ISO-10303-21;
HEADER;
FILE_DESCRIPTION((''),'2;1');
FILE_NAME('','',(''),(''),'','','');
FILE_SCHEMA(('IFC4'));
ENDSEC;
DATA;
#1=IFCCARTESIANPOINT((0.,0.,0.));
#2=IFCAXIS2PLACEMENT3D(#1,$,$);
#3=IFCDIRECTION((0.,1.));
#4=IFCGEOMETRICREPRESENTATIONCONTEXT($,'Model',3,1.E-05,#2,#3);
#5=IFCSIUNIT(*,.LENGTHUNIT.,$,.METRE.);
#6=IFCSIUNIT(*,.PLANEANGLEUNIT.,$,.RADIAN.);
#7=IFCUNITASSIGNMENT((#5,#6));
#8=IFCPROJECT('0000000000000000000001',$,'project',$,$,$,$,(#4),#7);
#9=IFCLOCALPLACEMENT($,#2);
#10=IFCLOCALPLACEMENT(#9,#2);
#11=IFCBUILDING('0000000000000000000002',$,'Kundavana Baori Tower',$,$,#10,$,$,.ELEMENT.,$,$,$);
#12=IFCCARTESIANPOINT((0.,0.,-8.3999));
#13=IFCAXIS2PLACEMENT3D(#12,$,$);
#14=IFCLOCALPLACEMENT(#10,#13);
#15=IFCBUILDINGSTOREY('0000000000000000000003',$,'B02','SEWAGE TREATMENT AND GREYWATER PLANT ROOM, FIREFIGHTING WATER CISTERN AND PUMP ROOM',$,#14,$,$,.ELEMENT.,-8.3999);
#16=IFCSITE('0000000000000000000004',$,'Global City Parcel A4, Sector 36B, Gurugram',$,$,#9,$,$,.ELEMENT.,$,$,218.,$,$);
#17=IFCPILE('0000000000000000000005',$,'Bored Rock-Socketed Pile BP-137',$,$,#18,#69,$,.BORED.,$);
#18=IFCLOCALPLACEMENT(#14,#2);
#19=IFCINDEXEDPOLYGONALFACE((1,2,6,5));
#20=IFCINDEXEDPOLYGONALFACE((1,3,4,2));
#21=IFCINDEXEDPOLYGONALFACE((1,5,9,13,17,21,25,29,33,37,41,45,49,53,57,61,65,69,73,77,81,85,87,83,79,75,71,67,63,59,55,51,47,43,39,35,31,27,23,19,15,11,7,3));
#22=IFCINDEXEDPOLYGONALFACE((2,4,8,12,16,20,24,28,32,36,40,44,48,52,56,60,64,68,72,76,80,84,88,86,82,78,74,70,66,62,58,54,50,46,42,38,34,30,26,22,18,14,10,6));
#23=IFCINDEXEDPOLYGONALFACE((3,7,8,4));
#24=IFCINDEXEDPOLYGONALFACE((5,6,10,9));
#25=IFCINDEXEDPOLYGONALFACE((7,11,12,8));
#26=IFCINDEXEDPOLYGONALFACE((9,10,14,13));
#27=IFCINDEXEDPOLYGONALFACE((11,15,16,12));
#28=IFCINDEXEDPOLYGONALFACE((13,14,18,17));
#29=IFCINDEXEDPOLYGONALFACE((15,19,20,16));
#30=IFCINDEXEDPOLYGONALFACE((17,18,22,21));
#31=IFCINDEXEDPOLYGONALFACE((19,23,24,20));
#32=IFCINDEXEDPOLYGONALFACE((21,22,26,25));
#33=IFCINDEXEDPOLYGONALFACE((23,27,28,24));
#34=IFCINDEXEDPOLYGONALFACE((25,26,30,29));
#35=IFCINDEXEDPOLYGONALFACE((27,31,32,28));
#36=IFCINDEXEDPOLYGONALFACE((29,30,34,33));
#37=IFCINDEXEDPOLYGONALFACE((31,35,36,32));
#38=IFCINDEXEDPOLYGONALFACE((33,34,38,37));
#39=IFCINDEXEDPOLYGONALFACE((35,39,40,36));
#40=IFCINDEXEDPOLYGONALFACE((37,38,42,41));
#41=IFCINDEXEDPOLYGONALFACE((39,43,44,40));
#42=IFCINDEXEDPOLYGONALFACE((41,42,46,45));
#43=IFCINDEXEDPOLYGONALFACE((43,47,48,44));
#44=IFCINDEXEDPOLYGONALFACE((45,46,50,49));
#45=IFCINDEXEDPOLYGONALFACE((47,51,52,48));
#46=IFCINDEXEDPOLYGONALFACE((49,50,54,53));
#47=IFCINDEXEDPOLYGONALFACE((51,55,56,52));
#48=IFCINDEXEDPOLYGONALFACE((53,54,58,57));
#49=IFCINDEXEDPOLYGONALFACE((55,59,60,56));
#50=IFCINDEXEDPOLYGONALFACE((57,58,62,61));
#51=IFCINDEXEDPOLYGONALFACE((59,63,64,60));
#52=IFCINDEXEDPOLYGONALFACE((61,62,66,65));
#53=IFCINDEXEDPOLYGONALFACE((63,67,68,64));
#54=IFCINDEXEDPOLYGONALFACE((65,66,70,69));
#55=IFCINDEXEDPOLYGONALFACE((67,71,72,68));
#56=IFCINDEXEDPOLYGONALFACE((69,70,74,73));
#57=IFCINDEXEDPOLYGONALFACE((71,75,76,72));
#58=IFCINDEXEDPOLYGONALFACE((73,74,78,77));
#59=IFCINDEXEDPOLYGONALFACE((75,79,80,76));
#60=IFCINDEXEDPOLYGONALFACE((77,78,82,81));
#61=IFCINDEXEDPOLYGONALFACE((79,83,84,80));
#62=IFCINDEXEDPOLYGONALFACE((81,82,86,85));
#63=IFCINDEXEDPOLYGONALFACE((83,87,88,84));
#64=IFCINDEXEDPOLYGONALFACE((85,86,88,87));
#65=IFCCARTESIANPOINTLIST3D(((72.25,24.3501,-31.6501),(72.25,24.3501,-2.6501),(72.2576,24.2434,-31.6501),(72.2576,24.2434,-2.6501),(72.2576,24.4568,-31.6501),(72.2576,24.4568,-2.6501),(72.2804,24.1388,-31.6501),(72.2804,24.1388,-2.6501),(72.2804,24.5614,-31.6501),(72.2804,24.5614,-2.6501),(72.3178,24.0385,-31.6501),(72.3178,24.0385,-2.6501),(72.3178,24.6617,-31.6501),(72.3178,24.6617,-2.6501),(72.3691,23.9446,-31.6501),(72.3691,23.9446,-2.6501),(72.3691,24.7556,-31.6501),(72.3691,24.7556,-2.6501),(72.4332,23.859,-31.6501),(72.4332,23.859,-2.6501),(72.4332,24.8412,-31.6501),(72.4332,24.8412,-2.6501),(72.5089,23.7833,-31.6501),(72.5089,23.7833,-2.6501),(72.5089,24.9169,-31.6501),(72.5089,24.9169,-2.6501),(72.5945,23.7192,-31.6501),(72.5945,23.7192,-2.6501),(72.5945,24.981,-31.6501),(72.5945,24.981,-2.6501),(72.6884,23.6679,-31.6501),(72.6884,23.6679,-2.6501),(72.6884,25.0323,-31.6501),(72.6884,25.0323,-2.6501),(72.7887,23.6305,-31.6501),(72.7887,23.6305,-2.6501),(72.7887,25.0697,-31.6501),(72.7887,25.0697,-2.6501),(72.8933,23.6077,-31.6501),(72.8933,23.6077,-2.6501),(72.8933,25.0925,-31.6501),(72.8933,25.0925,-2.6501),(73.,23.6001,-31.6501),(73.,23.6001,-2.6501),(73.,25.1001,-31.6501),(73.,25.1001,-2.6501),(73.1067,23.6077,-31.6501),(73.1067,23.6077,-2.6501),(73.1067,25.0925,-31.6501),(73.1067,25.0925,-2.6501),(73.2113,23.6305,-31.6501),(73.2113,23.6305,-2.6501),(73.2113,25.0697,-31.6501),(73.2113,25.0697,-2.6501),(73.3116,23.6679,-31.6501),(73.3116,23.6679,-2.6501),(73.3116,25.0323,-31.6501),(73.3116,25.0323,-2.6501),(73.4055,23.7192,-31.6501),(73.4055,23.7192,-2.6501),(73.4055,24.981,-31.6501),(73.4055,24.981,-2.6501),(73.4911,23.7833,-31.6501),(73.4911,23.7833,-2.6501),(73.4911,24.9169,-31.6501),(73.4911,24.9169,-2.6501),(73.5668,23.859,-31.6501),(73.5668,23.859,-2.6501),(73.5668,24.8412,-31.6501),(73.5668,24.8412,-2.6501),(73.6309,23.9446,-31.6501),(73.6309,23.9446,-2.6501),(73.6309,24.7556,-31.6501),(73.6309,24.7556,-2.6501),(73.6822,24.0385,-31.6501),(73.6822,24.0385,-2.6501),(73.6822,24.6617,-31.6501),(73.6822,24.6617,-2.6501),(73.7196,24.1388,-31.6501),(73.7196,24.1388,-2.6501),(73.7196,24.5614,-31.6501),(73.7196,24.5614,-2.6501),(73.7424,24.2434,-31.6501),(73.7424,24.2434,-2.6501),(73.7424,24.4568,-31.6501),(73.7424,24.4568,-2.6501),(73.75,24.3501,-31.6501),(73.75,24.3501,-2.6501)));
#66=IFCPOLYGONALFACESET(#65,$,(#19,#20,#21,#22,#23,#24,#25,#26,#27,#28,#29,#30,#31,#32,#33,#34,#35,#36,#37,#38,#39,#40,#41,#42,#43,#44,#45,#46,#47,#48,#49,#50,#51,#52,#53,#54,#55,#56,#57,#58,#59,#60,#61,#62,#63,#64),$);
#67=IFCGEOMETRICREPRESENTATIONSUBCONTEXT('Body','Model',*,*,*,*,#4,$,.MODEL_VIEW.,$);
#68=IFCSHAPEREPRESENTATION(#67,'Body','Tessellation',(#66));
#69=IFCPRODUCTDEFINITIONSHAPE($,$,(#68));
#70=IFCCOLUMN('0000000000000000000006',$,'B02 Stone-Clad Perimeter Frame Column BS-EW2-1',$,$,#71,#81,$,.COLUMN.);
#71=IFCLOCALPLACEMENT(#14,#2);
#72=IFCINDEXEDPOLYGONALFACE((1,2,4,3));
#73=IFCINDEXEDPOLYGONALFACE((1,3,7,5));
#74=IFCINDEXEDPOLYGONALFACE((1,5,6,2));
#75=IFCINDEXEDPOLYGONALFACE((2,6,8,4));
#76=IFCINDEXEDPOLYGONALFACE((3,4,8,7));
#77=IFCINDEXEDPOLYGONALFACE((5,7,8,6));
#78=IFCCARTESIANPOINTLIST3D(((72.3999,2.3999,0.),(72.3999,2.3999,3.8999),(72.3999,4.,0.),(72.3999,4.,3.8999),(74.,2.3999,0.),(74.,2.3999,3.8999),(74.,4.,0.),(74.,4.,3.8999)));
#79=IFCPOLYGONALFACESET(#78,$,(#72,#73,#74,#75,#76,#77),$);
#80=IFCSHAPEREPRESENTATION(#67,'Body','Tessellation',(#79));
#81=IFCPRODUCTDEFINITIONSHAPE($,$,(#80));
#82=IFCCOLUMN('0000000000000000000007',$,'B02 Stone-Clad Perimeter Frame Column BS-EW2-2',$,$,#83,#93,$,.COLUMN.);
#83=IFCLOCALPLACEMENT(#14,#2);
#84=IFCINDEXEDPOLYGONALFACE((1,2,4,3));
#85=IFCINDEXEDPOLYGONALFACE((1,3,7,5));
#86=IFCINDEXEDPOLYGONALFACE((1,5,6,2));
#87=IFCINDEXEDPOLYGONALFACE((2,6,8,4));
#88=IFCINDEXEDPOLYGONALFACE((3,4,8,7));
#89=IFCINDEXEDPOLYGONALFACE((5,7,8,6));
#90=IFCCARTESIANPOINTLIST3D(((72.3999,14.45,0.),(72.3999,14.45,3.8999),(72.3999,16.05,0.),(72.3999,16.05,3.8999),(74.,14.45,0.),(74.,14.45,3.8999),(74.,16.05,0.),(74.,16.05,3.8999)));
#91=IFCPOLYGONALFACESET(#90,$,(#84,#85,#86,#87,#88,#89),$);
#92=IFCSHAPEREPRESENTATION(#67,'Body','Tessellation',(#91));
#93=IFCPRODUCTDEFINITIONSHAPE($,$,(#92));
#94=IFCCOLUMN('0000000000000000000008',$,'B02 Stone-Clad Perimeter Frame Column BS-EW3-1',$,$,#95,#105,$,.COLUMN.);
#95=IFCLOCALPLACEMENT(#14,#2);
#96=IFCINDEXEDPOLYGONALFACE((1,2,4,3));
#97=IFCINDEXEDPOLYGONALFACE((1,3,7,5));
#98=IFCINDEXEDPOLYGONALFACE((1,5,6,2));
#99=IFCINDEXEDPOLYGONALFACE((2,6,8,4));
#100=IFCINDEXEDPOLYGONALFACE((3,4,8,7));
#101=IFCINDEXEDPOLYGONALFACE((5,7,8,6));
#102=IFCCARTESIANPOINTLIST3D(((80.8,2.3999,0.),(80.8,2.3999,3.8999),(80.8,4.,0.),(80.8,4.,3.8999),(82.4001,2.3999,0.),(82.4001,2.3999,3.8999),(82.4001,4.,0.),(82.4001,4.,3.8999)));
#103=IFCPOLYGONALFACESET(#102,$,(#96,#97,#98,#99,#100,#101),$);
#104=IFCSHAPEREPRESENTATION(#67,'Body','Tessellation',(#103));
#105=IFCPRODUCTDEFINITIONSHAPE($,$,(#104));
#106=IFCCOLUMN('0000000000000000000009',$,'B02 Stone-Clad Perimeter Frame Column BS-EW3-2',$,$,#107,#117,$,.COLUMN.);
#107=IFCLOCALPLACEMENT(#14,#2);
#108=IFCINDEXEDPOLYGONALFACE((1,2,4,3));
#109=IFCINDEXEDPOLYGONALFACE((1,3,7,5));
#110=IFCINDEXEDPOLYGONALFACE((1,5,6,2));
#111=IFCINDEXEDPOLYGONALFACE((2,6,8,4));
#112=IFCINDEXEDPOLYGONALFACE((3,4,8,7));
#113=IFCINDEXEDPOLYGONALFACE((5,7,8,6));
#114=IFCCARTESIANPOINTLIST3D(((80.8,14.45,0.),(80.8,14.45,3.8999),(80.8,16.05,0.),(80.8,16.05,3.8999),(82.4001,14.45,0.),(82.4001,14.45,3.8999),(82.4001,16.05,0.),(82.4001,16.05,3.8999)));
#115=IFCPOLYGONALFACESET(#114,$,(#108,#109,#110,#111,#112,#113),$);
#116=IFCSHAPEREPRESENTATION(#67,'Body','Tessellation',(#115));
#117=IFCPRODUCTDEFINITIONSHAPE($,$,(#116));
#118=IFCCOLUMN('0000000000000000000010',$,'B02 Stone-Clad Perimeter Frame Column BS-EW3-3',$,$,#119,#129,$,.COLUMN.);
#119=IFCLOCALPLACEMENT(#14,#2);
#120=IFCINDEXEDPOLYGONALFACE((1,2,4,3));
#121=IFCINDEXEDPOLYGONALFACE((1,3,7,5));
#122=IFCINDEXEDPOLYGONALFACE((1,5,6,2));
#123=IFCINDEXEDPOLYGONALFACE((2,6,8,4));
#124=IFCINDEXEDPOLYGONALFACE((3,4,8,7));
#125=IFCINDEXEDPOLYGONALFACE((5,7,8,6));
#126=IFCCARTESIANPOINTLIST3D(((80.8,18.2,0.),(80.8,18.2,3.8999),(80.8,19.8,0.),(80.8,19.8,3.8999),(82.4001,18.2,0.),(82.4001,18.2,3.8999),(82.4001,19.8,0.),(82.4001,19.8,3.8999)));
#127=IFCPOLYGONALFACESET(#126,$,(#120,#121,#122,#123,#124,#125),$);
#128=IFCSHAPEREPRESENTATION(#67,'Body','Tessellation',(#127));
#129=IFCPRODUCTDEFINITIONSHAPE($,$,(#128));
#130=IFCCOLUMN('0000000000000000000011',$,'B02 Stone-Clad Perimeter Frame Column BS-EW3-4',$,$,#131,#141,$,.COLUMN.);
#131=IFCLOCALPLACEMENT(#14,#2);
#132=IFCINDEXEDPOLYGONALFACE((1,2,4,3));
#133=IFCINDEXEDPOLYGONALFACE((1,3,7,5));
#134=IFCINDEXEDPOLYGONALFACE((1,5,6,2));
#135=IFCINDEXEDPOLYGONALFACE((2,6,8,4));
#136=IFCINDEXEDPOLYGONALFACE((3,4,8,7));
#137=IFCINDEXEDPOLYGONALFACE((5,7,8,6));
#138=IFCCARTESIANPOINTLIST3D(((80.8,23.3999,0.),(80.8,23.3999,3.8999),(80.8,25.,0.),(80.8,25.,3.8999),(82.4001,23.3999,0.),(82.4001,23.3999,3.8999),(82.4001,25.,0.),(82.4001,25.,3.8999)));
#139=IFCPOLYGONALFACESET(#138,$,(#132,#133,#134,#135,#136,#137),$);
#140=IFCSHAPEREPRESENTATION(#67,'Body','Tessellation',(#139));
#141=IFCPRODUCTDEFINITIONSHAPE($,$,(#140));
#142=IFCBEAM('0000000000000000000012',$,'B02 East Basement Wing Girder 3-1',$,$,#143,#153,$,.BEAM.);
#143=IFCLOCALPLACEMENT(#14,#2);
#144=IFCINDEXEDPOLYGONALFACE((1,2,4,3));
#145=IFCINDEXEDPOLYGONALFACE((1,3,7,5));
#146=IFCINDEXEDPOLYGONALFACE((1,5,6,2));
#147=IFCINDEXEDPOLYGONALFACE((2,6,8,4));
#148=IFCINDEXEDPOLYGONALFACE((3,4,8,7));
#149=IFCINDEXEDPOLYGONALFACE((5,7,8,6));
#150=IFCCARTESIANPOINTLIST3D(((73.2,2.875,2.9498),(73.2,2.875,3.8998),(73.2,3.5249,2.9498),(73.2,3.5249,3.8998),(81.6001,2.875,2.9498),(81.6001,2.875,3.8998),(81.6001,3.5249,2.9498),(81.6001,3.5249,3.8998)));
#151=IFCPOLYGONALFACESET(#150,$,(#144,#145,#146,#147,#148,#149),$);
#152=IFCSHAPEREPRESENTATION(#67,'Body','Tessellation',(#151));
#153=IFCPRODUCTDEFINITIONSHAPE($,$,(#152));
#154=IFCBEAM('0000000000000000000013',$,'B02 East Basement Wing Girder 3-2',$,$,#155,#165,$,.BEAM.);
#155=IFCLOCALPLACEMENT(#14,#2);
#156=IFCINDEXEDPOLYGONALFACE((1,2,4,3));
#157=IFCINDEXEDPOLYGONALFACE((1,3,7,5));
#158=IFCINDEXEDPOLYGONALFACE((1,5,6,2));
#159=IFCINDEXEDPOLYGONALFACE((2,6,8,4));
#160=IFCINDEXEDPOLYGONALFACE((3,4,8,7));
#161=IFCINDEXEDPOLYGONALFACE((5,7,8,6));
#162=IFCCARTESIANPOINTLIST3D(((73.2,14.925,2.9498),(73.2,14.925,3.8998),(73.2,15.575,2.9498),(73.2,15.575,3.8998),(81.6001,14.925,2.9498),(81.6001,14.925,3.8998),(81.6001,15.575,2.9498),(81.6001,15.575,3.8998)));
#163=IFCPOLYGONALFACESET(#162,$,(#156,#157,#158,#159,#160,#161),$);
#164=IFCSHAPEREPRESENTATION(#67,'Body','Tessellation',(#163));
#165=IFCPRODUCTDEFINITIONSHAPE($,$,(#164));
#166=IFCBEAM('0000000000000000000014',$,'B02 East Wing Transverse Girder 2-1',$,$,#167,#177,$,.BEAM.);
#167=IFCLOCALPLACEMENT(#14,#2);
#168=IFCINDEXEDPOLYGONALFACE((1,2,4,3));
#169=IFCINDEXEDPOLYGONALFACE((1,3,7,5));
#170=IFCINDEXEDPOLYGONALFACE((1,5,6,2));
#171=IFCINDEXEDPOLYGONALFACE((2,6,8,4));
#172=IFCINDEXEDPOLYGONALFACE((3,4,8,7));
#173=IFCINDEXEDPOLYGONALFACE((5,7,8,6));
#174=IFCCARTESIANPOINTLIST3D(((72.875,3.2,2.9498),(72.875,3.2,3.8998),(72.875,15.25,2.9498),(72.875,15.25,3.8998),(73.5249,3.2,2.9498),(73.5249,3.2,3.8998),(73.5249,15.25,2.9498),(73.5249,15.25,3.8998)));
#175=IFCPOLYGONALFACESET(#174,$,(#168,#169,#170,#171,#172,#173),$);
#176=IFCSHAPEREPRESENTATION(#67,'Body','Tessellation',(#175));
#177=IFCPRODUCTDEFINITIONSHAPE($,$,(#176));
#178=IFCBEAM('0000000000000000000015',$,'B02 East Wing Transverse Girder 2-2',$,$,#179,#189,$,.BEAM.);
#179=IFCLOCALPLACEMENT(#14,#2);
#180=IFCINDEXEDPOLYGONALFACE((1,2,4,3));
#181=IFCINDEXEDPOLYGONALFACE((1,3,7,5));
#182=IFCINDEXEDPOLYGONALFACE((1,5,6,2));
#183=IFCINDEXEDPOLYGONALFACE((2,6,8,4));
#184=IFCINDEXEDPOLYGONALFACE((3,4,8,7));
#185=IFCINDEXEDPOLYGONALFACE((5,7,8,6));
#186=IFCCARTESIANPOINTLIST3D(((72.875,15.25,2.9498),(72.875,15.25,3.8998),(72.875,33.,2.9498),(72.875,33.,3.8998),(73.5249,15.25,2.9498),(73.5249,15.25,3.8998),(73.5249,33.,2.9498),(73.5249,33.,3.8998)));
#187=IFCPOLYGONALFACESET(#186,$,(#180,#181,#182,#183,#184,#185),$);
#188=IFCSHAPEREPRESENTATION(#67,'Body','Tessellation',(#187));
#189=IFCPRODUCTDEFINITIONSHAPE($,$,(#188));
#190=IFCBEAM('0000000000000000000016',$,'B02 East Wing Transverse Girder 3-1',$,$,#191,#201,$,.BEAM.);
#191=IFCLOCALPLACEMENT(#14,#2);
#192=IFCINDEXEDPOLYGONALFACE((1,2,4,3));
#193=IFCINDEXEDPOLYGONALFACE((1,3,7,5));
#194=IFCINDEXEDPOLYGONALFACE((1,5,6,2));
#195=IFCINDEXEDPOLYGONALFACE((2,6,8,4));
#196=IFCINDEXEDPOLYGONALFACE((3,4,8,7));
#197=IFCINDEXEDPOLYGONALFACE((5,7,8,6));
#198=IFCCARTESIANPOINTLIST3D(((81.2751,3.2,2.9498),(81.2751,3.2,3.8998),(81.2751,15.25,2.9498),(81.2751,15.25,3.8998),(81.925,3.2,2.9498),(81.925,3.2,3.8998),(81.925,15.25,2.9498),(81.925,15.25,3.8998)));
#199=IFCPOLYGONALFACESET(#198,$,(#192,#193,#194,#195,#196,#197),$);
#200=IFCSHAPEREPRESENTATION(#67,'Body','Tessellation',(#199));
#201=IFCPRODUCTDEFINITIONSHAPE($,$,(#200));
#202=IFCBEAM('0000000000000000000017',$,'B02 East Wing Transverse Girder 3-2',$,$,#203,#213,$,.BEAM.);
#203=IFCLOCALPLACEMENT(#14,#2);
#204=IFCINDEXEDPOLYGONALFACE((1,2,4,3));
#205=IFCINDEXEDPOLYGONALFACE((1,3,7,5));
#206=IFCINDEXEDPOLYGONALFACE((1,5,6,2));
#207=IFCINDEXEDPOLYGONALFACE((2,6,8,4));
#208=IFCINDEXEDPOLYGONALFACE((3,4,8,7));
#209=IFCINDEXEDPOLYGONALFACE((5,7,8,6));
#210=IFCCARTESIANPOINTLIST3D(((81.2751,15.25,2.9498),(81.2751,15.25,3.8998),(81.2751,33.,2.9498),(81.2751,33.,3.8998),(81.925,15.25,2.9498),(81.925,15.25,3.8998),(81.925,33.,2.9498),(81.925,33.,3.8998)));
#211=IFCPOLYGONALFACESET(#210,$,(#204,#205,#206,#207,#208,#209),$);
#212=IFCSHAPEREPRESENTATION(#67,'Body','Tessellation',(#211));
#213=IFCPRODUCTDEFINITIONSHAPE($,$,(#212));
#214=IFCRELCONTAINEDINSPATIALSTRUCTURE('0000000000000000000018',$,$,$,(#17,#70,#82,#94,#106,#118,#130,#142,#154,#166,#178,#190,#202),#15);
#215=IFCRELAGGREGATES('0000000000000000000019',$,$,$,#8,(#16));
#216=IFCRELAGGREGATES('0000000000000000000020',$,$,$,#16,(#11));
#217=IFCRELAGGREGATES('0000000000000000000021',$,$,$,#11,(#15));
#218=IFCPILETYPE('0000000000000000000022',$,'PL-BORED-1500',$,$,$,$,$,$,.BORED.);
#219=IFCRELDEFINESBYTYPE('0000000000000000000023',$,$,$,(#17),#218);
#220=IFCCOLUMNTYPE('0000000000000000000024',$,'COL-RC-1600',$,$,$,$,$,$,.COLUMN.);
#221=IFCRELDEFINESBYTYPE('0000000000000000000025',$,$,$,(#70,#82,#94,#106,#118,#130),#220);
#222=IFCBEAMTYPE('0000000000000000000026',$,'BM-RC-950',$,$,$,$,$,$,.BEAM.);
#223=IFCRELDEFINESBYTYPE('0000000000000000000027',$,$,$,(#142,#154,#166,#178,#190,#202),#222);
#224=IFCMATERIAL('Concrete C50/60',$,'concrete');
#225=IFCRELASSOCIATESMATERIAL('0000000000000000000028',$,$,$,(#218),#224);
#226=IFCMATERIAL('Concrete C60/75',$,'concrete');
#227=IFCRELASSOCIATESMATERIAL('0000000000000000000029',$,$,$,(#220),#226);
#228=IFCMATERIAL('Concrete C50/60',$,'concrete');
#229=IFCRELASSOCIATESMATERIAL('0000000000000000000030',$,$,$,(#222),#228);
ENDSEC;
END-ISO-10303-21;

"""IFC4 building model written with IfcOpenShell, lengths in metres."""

from ifc_helpers import new_model, si_unit, direction, frame, origin, origin_2d, place, context, subcontext, project, spatial, rectangle, circle, extrude, material, material_profile, profile_set, type_object, element, save


model = new_model("IFC4")

# Units and contexts
model_context = context("Model", 3, precision=1e-05, world=origin(), true_north=direction((0.0, 1.0)))
body_context = subcontext(model_context, "Body", "Model", "MODEL_VIEW")
ifc_project = project(units=[si_unit("LENGTHUNIT", "METRE"), si_unit("PLANEANGLEUNIT", "RADIAN")], contexts=[model_context])

# Site, building, storey
site_placement = place(None, origin())
site = spatial("IfcSite", under=ifc_project, at=site_placement, Name="Global City Parcel A4, Sector 36B, Gurugram", CompositionType="ELEMENT", RefElevation=218.0)
building_placement = place(site_placement, origin())
building = spatial("IfcBuilding", under=site, at=building_placement, Name="Kundavana Baori Tower", CompositionType="ELEMENT")
storey_placement = place(building_placement, frame((0.0, 0.0, -8.3999)))
storey = spatial("IfcBuildingStorey", under=building, at=storey_placement, Name="B02", Description="SEWAGE TREATMENT AND GREYWATER PLANT ROOM, FIREFIGHTING WATER CISTERN AND PUMP ROOM", CompositionType="ELEMENT", Elevation=-8.3999)

# Pile
ifc_material_1 = material(Name="Concrete C50/60", Category="concrete")
ifc_material_profile_1 = material_profile(ifc_material_1, circle(Radius=0.75, at=origin_2d()), Name="BORED PILE D1500")
ifc_profile_set_1 = profile_set([ifc_material_profile_1], Name="Concrete C50/60")
pile_type_1 = type_object("IfcPileType", Name="PL-BORED-1500", PredefinedType="BORED", material=ifc_profile_set_1)
for number, where, z_axis, x_axis, name in (
    (1, (73.0, 24.3501, -2.6501), (0.0, 0.0, -1.0), (1.0, 0.0, 0.0), "Bored Rock-Socketed Pile BP-137"),
):
    element("IfcPile", number, at=place(storey_placement, frame(where, z_axis=z_axis, x_axis=x_axis)), inside=storey, type_object=pile_type_1, Name=name, PredefinedType="BORED", context=body_context, shape_type="SweptSolid", body=[
        extrude(circle(Radius=0.75, at=origin_2d()), origin(), (0.0, 0.0, 1.0), 29.0),
    ])

# Columns
ifc_material_2 = material(Name="Concrete C60/75", Category="concrete")
ifc_material_profile_2 = material_profile(ifc_material_2, rectangle(XDim=1.6001, YDim=1.6001, at=origin_2d()), Name="RC 1600x1600")
ifc_profile_set_2 = profile_set([ifc_material_profile_2], Name="Concrete C60/75")
column_type = type_object("IfcColumnType", Name="COL-RC-1600", PredefinedType="COLUMN", material=ifc_profile_set_2)
for number, where, z_axis, x_axis, name in (
    (2, (73.2, 3.2, 0.0), (0.0, 0.0, 1.0), (1.0, 0.0, 0.0), "B02 Stone-Clad Perimeter Frame Column BS-EW2-1"),
    (3, (73.2, 15.25, 0.0), (0.0, 0.0, 1.0), (1.0, 0.0, 0.0), "B02 Stone-Clad Perimeter Frame Column BS-EW2-2"),
    (4, (81.6001, 3.2, 0.0), (0.0, 0.0, 1.0), (1.0, 0.0, 0.0), "B02 Stone-Clad Perimeter Frame Column BS-EW3-1"),
    (5, (81.6001, 15.25, 0.0), (0.0, 0.0, 1.0), (1.0, 0.0, 0.0), "B02 Stone-Clad Perimeter Frame Column BS-EW3-2"),
    (6, (81.6001, 19.0, 0.0), (0.0, 0.0, 1.0), (1.0, 0.0, 0.0), "B02 Stone-Clad Perimeter Frame Column BS-EW3-3"),
    (7, (81.6001, 24.2, 0.0), (0.0, 0.0, 1.0), (1.0, 0.0, 0.0), "B02 Stone-Clad Perimeter Frame Column BS-EW3-4"),
):
    element("IfcColumn", number, at=place(storey_placement, frame(where, z_axis=z_axis, x_axis=x_axis)), inside=storey, type_object=column_type, Name=name, PredefinedType="COLUMN", context=body_context, shape_type="SweptSolid", body=[
        extrude(rectangle(XDim=1.6001, YDim=1.6001, at=origin_2d()), origin(), (0.0, 0.0, 1.0), 3.8999),
    ])

# Beams
ifc_material_3 = material(Name="Concrete C50/60", Category="concrete")
ifc_material_profile_3 = material_profile(ifc_material_3, rectangle(XDim=0.6499, YDim=0.95, at=origin_2d()), Name="RC BM 650x950")
ifc_profile_set_3 = profile_set([ifc_material_profile_3], Name="Concrete C50/60")
beam_type = type_object("IfcBeamType", Name="BM-RC-950", PredefinedType="BEAM", material=ifc_profile_set_3)
for number, where, z_axis, x_axis, name in (
    (8, (73.2, 3.2, 3.4248), (1.0, 0.0, 0.0), (0.0, 1.0, 0.0), "B02 East Basement Wing Girder 3-1"),
    (9, (73.2, 15.25, 3.4248), (1.0, 0.0, 0.0), (0.0, 1.0, 0.0), "B02 East Basement Wing Girder 3-2"),
):
    element("IfcBeam", number, at=place(storey_placement, frame(where, z_axis=z_axis, x_axis=x_axis)), inside=storey, type_object=beam_type, Name=name, PredefinedType="BEAM", context=body_context, shape_type="SweptSolid", body=[
        extrude(rectangle(XDim=0.6499, YDim=0.95, at=origin_2d()), origin(), (0.0, 0.0, 1.0), 8.4001),
    ])
beam_1_placement = place(storey_placement, frame((73.2, 3.2, 3.4248), z_axis=(0.0, 1.0, 0.0), x_axis=(-1.0, 0.0, 0.0)))
element("IfcBeam", 10, at=beam_1_placement, inside=storey, type_object=beam_type, Name="B02 East Wing Transverse Girder 2-1", PredefinedType="BEAM", context=body_context, shape_type="SweptSolid", body=[
    extrude(rectangle(XDim=0.6499, YDim=0.95, at=origin_2d()), origin(), (0.0, 0.0, 1.0), 12.05),
])
beam_2_placement = place(storey_placement, frame((73.2, 15.25, 3.4248), z_axis=(0.0, 1.0, 0.0), x_axis=(-1.0, 0.0, 0.0)))
element("IfcBeam", 11, at=beam_2_placement, inside=storey, type_object=beam_type, Name="B02 East Wing Transverse Girder 2-2", PredefinedType="BEAM", context=body_context, shape_type="SweptSolid", body=[
    extrude(rectangle(XDim=0.6499, YDim=0.95, at=origin_2d()), origin(), (0.0, 0.0, 1.0), 17.75),
])
beam_3_placement = place(storey_placement, frame((81.6001, 3.2, 3.4248), z_axis=(0.0, 1.0, 0.0), x_axis=(-1.0, 0.0, 0.0)))
element("IfcBeam", 12, at=beam_3_placement, inside=storey, type_object=beam_type, Name="B02 East Wing Transverse Girder 3-1", PredefinedType="BEAM", context=body_context, shape_type="SweptSolid", body=[
    extrude(rectangle(XDim=0.6499, YDim=0.95, at=origin_2d()), origin(), (0.0, 0.0, 1.0), 12.05),
])
beam_4_placement = place(storey_placement, frame((81.6001, 15.25, 3.4248), z_axis=(0.0, 1.0, 0.0), x_axis=(-1.0, 0.0, 0.0)))
element("IfcBeam", 13, at=beam_4_placement, inside=storey, type_object=beam_type, Name="B02 East Wing Transverse Girder 3-2", PredefinedType="BEAM", context=body_context, shape_type="SweptSolid", body=[
    extrude(rectangle(XDim=0.6499, YDim=0.95, at=origin_2d()), origin(), (0.0, 0.0, 1.0), 17.75),
])

save(model, "model.ifc")
